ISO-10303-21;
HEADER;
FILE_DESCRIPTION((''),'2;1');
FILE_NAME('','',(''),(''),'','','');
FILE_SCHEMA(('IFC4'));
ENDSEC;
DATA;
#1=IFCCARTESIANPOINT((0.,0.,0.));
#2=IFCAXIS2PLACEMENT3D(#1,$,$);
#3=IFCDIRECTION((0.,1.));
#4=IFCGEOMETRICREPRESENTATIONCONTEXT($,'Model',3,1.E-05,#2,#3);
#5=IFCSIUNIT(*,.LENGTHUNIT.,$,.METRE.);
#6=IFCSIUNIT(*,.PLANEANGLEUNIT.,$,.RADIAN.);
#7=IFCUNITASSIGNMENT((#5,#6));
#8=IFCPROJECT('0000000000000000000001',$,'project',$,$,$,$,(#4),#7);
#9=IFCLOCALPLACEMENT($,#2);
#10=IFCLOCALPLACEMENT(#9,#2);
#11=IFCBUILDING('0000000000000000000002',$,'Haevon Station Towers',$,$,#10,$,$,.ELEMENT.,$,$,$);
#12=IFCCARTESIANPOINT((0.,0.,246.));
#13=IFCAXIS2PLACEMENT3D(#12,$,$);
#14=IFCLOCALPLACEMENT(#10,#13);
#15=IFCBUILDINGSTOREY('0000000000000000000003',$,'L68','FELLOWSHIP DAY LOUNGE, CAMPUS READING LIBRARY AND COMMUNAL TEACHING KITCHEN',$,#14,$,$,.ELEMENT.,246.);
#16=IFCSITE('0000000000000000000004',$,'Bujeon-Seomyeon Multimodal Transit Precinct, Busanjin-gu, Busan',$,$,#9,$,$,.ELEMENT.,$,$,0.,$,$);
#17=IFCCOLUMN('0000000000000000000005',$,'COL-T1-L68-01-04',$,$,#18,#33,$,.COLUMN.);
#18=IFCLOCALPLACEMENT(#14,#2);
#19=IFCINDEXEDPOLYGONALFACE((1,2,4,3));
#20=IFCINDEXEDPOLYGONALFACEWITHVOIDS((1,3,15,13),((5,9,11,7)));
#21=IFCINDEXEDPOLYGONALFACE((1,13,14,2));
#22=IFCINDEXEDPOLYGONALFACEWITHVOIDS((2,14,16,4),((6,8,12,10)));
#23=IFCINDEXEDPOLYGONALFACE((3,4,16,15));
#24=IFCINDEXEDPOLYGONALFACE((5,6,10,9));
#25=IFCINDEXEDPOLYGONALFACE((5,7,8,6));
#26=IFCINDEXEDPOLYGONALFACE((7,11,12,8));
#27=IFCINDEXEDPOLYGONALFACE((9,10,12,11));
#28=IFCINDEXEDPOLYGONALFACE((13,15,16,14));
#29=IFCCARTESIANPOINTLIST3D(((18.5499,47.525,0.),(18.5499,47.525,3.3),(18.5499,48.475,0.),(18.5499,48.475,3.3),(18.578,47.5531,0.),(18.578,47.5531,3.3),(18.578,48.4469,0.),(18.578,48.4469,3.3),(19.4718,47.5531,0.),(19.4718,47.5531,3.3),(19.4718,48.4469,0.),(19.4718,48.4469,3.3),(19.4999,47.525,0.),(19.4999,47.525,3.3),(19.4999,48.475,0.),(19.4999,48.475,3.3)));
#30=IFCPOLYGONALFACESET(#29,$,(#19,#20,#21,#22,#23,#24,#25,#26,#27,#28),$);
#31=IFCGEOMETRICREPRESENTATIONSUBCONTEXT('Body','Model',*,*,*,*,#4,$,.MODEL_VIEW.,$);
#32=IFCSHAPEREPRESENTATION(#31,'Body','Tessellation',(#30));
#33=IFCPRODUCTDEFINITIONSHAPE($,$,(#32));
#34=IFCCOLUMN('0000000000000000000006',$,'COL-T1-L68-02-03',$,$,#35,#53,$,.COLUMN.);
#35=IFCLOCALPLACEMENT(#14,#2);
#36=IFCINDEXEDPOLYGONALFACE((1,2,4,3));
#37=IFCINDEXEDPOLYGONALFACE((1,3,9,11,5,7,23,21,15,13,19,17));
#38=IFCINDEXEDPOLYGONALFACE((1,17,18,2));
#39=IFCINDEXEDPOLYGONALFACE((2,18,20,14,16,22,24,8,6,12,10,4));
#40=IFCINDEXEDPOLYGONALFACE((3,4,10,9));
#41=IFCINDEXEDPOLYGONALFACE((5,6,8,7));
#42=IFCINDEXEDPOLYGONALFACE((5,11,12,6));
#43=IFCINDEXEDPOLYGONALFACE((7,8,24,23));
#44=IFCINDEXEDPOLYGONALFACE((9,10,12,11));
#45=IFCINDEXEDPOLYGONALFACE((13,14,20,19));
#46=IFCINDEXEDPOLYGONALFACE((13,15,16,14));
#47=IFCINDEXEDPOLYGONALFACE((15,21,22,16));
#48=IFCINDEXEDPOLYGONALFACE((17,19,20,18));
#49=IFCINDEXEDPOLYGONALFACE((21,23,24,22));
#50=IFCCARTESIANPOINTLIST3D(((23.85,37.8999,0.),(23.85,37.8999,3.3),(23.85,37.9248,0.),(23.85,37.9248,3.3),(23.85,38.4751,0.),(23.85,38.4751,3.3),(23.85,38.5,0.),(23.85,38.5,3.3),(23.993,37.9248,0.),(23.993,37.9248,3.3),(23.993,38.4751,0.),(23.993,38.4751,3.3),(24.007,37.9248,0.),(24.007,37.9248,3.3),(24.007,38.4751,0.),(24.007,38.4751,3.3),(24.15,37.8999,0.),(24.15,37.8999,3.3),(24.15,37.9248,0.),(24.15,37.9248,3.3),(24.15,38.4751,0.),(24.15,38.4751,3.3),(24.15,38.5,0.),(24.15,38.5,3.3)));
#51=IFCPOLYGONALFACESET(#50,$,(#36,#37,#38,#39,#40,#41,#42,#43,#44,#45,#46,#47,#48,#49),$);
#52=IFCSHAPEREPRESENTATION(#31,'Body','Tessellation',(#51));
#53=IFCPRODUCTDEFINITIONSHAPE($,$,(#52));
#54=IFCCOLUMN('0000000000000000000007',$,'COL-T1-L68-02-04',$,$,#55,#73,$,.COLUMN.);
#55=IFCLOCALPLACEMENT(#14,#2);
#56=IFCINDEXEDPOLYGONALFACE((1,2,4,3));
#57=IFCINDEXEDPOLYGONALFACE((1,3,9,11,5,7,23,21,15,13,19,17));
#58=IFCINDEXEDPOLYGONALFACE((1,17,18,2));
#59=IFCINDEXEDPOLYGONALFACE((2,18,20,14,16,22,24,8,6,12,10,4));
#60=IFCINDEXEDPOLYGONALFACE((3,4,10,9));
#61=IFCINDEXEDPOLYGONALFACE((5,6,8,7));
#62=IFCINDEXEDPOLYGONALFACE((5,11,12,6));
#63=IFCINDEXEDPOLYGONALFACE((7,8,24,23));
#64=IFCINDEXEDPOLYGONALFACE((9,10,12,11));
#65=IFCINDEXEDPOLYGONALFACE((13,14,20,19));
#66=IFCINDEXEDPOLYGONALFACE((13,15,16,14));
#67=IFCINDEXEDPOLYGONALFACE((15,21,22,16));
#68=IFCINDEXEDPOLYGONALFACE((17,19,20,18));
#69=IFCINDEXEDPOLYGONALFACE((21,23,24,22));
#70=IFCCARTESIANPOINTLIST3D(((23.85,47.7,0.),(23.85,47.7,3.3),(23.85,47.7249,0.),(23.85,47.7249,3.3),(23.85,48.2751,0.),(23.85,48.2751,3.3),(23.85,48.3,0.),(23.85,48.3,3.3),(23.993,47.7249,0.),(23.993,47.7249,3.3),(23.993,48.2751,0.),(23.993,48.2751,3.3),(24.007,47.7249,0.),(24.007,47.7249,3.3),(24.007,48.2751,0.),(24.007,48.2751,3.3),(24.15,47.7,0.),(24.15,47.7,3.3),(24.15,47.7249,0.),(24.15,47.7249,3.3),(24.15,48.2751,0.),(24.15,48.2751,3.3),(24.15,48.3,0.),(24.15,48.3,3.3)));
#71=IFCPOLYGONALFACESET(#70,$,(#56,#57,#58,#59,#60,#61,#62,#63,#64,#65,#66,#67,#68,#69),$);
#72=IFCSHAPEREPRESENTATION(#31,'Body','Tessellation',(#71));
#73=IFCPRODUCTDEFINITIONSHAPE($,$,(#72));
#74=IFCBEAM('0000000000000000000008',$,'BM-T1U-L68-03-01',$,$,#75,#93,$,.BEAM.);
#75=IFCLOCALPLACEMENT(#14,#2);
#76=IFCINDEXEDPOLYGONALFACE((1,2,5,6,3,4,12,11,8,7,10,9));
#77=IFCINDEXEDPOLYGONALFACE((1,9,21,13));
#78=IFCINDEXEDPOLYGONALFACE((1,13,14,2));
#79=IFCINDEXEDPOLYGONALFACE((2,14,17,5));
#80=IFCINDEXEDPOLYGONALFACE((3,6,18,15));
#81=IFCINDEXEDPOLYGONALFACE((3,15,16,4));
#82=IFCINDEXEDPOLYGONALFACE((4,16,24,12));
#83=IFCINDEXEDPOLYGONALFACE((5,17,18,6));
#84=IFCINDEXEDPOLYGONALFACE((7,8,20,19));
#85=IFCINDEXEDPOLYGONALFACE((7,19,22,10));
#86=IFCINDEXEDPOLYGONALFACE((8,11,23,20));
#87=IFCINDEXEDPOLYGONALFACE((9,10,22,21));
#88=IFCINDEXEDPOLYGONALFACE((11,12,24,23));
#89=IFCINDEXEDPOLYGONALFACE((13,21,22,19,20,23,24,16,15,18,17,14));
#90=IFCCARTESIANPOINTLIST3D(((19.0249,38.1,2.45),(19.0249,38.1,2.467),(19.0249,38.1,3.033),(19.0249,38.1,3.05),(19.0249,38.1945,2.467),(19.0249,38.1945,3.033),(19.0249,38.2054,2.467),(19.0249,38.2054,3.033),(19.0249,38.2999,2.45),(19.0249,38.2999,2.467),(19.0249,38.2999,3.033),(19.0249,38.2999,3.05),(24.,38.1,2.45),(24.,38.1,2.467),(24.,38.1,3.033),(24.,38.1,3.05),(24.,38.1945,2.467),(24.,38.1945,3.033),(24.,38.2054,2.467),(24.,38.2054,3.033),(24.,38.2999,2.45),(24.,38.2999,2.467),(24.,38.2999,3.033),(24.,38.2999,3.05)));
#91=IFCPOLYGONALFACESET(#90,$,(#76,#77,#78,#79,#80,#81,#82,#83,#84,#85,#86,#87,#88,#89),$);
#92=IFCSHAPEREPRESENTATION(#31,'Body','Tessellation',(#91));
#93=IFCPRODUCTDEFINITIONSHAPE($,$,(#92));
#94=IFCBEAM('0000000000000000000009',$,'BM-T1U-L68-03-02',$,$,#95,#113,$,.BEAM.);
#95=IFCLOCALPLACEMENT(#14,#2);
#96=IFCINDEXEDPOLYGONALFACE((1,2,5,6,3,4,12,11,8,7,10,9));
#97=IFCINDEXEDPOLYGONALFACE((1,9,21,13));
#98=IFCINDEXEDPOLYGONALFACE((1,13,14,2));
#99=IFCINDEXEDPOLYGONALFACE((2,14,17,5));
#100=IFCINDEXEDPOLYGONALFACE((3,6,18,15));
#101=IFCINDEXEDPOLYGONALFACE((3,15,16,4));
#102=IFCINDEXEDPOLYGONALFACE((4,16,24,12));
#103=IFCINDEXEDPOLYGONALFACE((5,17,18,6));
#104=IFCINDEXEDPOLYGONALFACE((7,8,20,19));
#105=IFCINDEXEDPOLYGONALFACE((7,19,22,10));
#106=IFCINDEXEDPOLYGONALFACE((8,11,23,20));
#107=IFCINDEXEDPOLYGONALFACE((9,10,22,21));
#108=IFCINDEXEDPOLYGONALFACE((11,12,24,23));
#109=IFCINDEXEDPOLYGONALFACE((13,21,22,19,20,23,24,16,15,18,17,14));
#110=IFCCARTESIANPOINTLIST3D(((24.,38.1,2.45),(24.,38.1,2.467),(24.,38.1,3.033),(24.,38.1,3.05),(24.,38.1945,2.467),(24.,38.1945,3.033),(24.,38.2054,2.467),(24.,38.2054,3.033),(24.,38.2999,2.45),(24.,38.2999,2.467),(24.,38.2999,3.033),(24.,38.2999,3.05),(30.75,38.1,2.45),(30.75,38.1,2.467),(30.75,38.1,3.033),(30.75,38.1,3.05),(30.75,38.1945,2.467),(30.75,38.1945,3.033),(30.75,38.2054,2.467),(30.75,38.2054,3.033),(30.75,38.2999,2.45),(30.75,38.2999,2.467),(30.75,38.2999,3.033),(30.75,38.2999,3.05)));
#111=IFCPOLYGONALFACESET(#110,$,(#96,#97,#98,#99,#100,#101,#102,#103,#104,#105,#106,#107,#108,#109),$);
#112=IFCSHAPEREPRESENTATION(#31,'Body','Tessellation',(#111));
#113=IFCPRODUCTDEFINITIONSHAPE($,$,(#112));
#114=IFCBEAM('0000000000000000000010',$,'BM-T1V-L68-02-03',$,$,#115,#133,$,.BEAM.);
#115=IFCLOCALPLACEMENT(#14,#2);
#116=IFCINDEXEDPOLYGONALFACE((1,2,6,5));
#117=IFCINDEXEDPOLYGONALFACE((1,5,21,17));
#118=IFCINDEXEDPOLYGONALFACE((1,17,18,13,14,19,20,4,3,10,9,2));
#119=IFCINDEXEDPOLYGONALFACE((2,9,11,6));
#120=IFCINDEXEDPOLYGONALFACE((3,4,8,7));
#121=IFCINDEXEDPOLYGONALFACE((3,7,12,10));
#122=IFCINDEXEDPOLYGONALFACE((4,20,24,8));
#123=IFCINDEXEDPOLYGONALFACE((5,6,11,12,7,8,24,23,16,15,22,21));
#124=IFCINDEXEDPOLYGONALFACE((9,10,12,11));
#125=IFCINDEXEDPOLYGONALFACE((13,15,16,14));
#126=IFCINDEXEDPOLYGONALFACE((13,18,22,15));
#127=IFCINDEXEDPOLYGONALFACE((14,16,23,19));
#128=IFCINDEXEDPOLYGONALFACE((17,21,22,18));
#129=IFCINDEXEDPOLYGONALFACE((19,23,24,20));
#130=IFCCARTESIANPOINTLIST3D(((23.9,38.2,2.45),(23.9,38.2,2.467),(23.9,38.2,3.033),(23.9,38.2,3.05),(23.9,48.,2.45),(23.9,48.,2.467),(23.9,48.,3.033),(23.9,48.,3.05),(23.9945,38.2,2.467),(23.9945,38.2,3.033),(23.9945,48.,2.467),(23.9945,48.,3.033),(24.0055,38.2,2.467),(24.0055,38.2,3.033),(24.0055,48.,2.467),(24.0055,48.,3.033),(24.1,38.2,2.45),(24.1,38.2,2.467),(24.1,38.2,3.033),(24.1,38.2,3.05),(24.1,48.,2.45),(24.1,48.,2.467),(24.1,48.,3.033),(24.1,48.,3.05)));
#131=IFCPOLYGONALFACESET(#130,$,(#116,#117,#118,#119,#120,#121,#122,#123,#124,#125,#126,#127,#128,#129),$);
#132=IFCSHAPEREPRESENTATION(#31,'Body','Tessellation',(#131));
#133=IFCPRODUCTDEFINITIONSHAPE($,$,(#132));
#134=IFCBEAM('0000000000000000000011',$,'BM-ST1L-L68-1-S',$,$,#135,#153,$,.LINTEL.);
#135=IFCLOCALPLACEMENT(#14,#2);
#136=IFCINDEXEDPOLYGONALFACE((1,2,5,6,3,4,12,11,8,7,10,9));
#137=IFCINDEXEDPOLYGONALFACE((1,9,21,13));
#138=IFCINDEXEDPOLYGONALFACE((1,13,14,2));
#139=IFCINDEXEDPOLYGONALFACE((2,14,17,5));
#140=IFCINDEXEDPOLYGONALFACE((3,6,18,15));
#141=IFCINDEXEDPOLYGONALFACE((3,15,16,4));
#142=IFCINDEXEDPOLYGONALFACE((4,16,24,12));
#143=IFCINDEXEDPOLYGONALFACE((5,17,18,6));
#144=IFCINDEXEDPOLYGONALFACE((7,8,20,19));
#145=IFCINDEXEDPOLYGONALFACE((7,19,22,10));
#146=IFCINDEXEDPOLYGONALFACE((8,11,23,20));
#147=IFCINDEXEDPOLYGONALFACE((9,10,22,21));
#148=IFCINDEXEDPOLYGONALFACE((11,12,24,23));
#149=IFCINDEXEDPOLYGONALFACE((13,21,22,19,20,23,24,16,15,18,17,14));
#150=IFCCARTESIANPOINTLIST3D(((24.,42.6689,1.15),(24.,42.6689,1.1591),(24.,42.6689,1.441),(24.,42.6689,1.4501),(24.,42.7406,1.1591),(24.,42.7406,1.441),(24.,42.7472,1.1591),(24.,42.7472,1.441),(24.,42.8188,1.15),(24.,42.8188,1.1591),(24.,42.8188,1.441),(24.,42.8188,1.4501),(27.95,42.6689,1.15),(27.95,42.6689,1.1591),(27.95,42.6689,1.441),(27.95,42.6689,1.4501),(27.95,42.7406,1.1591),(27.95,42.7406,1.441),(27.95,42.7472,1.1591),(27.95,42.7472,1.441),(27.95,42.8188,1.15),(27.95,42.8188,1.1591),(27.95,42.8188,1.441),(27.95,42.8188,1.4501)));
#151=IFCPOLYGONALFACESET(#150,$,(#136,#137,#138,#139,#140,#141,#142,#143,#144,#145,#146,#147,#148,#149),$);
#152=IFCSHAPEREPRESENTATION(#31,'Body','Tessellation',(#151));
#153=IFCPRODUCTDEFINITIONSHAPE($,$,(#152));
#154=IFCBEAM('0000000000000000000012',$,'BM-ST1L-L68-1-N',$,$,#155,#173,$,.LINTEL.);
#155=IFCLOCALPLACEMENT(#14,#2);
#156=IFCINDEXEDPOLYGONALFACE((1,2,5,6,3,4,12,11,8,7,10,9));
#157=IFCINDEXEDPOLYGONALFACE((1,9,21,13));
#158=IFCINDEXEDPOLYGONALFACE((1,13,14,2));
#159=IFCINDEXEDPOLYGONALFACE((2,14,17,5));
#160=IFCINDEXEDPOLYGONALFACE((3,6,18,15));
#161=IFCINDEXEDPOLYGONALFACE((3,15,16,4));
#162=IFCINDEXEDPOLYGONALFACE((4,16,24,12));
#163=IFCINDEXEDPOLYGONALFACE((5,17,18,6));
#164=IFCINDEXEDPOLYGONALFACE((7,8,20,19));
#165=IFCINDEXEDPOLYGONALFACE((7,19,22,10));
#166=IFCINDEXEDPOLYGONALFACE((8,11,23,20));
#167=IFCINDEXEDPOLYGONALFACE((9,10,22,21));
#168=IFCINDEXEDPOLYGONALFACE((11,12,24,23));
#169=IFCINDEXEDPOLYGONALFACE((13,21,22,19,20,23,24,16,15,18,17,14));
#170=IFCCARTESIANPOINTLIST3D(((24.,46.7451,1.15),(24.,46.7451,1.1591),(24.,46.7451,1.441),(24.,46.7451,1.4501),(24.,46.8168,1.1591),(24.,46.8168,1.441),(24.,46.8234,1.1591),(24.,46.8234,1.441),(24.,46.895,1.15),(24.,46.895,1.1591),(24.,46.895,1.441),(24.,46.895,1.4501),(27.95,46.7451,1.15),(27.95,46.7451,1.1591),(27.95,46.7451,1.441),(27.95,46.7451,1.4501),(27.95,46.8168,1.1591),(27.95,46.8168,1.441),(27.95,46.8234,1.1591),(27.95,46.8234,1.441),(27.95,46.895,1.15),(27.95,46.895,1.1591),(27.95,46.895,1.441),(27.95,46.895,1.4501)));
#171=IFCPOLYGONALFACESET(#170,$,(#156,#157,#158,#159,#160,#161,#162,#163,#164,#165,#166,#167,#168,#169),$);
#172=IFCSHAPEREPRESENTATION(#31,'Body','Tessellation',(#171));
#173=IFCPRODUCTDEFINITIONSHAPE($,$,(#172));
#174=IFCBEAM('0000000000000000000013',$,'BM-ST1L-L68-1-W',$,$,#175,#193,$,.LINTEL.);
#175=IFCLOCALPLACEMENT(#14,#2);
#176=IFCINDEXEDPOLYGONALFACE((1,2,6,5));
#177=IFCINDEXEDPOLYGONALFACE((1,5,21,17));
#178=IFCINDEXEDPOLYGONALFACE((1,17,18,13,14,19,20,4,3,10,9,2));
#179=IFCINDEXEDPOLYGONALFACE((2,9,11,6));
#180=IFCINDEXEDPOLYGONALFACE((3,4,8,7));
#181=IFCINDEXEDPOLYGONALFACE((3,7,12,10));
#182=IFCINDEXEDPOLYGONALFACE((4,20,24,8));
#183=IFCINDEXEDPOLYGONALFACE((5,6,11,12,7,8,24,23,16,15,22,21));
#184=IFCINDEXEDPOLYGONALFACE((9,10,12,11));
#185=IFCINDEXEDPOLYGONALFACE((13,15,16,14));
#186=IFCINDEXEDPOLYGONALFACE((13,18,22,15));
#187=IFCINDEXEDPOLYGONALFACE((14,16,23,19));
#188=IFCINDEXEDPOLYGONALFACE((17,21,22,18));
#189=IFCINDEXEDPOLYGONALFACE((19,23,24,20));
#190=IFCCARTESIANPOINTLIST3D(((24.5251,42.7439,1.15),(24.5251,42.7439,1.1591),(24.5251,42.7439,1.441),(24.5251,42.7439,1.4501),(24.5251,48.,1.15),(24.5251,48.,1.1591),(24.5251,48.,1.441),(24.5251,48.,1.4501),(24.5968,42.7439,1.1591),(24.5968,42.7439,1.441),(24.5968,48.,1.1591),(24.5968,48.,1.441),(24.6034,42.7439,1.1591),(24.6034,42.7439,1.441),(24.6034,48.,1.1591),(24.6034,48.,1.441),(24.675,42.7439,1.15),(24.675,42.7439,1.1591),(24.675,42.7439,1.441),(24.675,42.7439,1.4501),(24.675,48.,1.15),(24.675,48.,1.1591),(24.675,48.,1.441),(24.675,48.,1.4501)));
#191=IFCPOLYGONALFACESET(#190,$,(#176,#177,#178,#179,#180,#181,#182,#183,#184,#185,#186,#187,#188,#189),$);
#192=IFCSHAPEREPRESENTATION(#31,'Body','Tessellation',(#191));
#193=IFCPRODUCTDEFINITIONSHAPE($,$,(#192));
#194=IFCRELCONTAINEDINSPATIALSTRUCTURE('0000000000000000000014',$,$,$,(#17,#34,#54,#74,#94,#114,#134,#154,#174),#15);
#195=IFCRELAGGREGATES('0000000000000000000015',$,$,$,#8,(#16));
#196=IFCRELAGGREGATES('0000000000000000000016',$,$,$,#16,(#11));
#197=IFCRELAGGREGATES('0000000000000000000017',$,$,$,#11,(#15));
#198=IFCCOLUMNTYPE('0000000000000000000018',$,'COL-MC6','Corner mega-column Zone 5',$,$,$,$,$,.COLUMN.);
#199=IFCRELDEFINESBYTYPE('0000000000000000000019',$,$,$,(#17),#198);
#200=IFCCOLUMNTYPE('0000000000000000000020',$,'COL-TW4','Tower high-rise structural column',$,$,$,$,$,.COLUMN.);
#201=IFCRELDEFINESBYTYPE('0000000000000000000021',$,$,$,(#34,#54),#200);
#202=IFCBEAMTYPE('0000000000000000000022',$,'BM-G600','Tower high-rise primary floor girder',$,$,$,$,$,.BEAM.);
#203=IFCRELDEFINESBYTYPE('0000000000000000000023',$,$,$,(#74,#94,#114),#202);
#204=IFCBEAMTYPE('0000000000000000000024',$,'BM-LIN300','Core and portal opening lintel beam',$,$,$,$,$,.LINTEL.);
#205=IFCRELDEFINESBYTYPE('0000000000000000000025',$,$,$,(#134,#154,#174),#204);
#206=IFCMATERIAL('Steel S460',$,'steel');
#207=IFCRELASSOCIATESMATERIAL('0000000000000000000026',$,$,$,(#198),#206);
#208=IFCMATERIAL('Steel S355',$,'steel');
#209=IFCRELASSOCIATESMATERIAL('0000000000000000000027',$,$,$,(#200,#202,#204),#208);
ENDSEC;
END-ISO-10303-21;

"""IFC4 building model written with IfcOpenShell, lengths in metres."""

from ifc_helpers import new_model, si_unit, direction, frame, origin, origin_2d, place, context, subcontext, project, spatial, hollow_rectangle, i_section, extrude, material, material_profile, profile_set, type_object, element, save


model = new_model("IFC4")

# Units and contexts
model_context = context("Model", 3, precision=1e-05, world=origin(), true_north=direction((0.0, 1.0)))
body_context = subcontext(model_context, "Body", "Model", "MODEL_VIEW")
ifc_project = project(units=[si_unit("LENGTHUNIT", "METRE"), si_unit("PLANEANGLEUNIT", "RADIAN")], contexts=[model_context])

# Site, building, storey
site_placement = place(None, origin())
site = spatial("IfcSite", under=ifc_project, at=site_placement, Name="Bujeon-Seomyeon Multimodal Transit Precinct, Busanjin-gu, Busan", CompositionType="ELEMENT", RefElevation=0.0)
building_placement = place(site_placement, origin())
building = spatial("IfcBuilding", under=site, at=building_placement, Name="Haevon Station Towers", CompositionType="ELEMENT")
storey_placement = place(building_placement, frame((0.0, 0.0, 246.0)))
storey = spatial("IfcBuildingStorey", under=building, at=storey_placement, Name="L68", Description="FELLOWSHIP DAY LOUNGE, CAMPUS READING LIBRARY AND COMMUNAL TEACHING KITCHEN", CompositionType="ELEMENT", Elevation=246.0)

# Columns
ifc_material_1 = material(Name="Steel S460", Category="steel")
ifc_material_profile_1 = material_profile(ifc_material_1, hollow_rectangle(XDim=0.95, YDim=0.95, WallThickness=0.0281, at=origin_2d()), Name="BOX-950x950x28")
ifc_profile_set_1 = profile_set([ifc_material_profile_1], Name="Steel S460")
column_type_1 = type_object("IfcColumnType", Name="COL-MC6", Description="Corner mega-column Zone 5", PredefinedType="COLUMN", material=ifc_profile_set_1)
column_placement = place(storey_placement, frame((19.0249, 48.0, 0.0), z_axis=(0.0, 0.0, 1.0), x_axis=(1.0, 0.0, 0.0)))
element("IfcColumn", 1, at=column_placement, inside=storey, type_object=column_type_1, Name="COL-T1-L68-01-04", PredefinedType="COLUMN", context=body_context, shape_type="SweptSolid", body=[
    extrude(hollow_rectangle(XDim=0.95, YDim=0.95, WallThickness=0.0281, at=origin_2d()), origin(), (0.0, 0.0, 1.0), 3.3),
])
ifc_material_2 = material(Name="Steel S355", Category="steel")
ifc_material_profile_2 = material_profile(ifc_material_2, i_section(OverallWidth=0.3, OverallDepth=0.6001, WebThickness=0.0139, FlangeThickness=0.0249, at=origin_2d()), Name="H-600x300x14x25")
ifc_profile_set_2 = profile_set([ifc_material_profile_2], Name="Steel S355")
column_type_2 = type_object("IfcColumnType", Name="COL-TW4", Description="Tower high-rise structural column", PredefinedType="COLUMN", material=ifc_profile_set_2)
for number, where, z_axis, x_axis, name in (
    (2, (24.0, 38.2, 0.0), (0.0, 0.0, 1.0), (1.0, 0.0, 0.0), "COL-T1-L68-02-03"),
    (3, (24.0, 48.0, 0.0), (0.0, 0.0, 1.0), (1.0, 0.0, 0.0), "COL-T1-L68-02-04"),
):
    element("IfcColumn", number, at=place(storey_placement, frame(where, z_axis=z_axis, x_axis=x_axis)), inside=storey, type_object=column_type_2, Name=name, PredefinedType="COLUMN", context=body_context, shape_type="SweptSolid", body=[
        extrude(i_section(OverallWidth=0.3, OverallDepth=0.6001, WebThickness=0.0139, FlangeThickness=0.0249, at=origin_2d()), origin(), (0.0, 0.0, 1.0), 3.3),
    ])

# Beams
ifc_material_profile_3 = material_profile(ifc_material_2, i_section(OverallWidth=0.2, OverallDepth=0.6001, WebThickness=0.011, FlangeThickness=0.0171, at=origin_2d()), Name="H-600x200x11x17")
ifc_profile_set_3 = profile_set([ifc_material_profile_3], Name="Steel S355")
beam_type_1 = type_object("IfcBeamType", Name="BM-G600", Description="Tower high-rise primary floor girder", PredefinedType="BEAM", material=ifc_profile_set_3)
beam_1_placement = place(storey_placement, frame((19.0249, 38.2, 2.75), z_axis=(1.0, 0.0, 0.0), x_axis=(0.0, 1.0, 0.0)))
element("IfcBeam", 4, at=beam_1_placement, inside=storey, type_object=beam_type_1, Name="BM-T1U-L68-03-01", PredefinedType="BEAM", context=body_context, shape_type="SweptSolid", body=[
    extrude(i_section(OverallWidth=0.2, OverallDepth=0.6001, WebThickness=0.011, FlangeThickness=0.0171, at=origin_2d()), origin(), (0.0, 0.0, 1.0), 4.9751),
])
beam_2_placement = place(storey_placement, frame((24.0, 38.2, 2.75), z_axis=(1.0, 0.0, 0.0), x_axis=(0.0, 1.0, 0.0)))
element("IfcBeam", 5, at=beam_2_placement, inside=storey, type_object=beam_type_1, Name="BM-T1U-L68-03-02", PredefinedType="BEAM", context=body_context, shape_type="SweptSolid", body=[
    extrude(i_section(OverallWidth=0.2, OverallDepth=0.6001, WebThickness=0.011, FlangeThickness=0.0171, at=origin_2d()), origin(), (0.0, 0.0, 1.0), 6.75),
])
beam_3_placement = place(storey_placement, frame((24.0, 38.2, 2.75), z_axis=(0.0, 1.0, 0.0), x_axis=(-1.0, 0.0, 0.0)))
element("IfcBeam", 6, at=beam_3_placement, inside=storey, type_object=beam_type_1, Name="BM-T1V-L68-02-03", PredefinedType="BEAM", context=body_context, shape_type="SweptSolid", body=[
    extrude(i_section(OverallWidth=0.2, OverallDepth=0.6001, WebThickness=0.011, FlangeThickness=0.0171, at=origin_2d()), origin(), (0.0, 0.0, 1.0), 9.8),
])
ifc_material_profile_4 = material_profile(ifc_material_2, i_section(OverallWidth=0.1499, OverallDepth=0.3, WebThickness=0.0066, FlangeThickness=0.009, at=origin_2d()), Name="H-300x150x6.5x9")
ifc_profile_set_4 = profile_set([ifc_material_profile_4], Name="Steel S355")
beam_type_2 = type_object("IfcBeamType", Name="BM-LIN300", Description="Core and portal opening lintel beam", PredefinedType="LINTEL", material=ifc_profile_set_4)
for number, where, z_axis, x_axis, name in (
    (7, (24.0, 42.7439, 1.3), (1.0, 0.0, 0.0), (0.0, 1.0, 0.0), "BM-ST1L-L68-1-S"),
    (8, (24.0, 46.8201, 1.3), (1.0, 0.0, 0.0), (0.0, 1.0, 0.0), "BM-ST1L-L68-1-N"),
):
    element("IfcBeam", number, at=place(storey_placement, frame(where, z_axis=z_axis, x_axis=x_axis)), inside=storey, type_object=beam_type_2, Name=name, PredefinedType="LINTEL", context=body_context, shape_type="SweptSolid", body=[
        extrude(i_section(OverallWidth=0.1499, OverallDepth=0.3, WebThickness=0.0066, FlangeThickness=0.009, at=origin_2d()), origin(), (0.0, 0.0, 1.0), 3.95),
    ])
beam_4_placement = place(storey_placement, frame((24.6001, 42.7439, 1.3), z_axis=(0.0, 1.0, 0.0), x_axis=(-1.0, 0.0, 0.0)))
element("IfcBeam", 9, at=beam_4_placement, inside=storey, type_object=beam_type_2, Name="BM-ST1L-L68-1-W", PredefinedType="LINTEL", context=body_context, shape_type="SweptSolid", body=[
    extrude(i_section(OverallWidth=0.1499, OverallDepth=0.3, WebThickness=0.0066, FlangeThickness=0.009, at=origin_2d()), origin(), (0.0, 0.0, 1.0), 5.2561),
])

save(model, "model.ifc")
